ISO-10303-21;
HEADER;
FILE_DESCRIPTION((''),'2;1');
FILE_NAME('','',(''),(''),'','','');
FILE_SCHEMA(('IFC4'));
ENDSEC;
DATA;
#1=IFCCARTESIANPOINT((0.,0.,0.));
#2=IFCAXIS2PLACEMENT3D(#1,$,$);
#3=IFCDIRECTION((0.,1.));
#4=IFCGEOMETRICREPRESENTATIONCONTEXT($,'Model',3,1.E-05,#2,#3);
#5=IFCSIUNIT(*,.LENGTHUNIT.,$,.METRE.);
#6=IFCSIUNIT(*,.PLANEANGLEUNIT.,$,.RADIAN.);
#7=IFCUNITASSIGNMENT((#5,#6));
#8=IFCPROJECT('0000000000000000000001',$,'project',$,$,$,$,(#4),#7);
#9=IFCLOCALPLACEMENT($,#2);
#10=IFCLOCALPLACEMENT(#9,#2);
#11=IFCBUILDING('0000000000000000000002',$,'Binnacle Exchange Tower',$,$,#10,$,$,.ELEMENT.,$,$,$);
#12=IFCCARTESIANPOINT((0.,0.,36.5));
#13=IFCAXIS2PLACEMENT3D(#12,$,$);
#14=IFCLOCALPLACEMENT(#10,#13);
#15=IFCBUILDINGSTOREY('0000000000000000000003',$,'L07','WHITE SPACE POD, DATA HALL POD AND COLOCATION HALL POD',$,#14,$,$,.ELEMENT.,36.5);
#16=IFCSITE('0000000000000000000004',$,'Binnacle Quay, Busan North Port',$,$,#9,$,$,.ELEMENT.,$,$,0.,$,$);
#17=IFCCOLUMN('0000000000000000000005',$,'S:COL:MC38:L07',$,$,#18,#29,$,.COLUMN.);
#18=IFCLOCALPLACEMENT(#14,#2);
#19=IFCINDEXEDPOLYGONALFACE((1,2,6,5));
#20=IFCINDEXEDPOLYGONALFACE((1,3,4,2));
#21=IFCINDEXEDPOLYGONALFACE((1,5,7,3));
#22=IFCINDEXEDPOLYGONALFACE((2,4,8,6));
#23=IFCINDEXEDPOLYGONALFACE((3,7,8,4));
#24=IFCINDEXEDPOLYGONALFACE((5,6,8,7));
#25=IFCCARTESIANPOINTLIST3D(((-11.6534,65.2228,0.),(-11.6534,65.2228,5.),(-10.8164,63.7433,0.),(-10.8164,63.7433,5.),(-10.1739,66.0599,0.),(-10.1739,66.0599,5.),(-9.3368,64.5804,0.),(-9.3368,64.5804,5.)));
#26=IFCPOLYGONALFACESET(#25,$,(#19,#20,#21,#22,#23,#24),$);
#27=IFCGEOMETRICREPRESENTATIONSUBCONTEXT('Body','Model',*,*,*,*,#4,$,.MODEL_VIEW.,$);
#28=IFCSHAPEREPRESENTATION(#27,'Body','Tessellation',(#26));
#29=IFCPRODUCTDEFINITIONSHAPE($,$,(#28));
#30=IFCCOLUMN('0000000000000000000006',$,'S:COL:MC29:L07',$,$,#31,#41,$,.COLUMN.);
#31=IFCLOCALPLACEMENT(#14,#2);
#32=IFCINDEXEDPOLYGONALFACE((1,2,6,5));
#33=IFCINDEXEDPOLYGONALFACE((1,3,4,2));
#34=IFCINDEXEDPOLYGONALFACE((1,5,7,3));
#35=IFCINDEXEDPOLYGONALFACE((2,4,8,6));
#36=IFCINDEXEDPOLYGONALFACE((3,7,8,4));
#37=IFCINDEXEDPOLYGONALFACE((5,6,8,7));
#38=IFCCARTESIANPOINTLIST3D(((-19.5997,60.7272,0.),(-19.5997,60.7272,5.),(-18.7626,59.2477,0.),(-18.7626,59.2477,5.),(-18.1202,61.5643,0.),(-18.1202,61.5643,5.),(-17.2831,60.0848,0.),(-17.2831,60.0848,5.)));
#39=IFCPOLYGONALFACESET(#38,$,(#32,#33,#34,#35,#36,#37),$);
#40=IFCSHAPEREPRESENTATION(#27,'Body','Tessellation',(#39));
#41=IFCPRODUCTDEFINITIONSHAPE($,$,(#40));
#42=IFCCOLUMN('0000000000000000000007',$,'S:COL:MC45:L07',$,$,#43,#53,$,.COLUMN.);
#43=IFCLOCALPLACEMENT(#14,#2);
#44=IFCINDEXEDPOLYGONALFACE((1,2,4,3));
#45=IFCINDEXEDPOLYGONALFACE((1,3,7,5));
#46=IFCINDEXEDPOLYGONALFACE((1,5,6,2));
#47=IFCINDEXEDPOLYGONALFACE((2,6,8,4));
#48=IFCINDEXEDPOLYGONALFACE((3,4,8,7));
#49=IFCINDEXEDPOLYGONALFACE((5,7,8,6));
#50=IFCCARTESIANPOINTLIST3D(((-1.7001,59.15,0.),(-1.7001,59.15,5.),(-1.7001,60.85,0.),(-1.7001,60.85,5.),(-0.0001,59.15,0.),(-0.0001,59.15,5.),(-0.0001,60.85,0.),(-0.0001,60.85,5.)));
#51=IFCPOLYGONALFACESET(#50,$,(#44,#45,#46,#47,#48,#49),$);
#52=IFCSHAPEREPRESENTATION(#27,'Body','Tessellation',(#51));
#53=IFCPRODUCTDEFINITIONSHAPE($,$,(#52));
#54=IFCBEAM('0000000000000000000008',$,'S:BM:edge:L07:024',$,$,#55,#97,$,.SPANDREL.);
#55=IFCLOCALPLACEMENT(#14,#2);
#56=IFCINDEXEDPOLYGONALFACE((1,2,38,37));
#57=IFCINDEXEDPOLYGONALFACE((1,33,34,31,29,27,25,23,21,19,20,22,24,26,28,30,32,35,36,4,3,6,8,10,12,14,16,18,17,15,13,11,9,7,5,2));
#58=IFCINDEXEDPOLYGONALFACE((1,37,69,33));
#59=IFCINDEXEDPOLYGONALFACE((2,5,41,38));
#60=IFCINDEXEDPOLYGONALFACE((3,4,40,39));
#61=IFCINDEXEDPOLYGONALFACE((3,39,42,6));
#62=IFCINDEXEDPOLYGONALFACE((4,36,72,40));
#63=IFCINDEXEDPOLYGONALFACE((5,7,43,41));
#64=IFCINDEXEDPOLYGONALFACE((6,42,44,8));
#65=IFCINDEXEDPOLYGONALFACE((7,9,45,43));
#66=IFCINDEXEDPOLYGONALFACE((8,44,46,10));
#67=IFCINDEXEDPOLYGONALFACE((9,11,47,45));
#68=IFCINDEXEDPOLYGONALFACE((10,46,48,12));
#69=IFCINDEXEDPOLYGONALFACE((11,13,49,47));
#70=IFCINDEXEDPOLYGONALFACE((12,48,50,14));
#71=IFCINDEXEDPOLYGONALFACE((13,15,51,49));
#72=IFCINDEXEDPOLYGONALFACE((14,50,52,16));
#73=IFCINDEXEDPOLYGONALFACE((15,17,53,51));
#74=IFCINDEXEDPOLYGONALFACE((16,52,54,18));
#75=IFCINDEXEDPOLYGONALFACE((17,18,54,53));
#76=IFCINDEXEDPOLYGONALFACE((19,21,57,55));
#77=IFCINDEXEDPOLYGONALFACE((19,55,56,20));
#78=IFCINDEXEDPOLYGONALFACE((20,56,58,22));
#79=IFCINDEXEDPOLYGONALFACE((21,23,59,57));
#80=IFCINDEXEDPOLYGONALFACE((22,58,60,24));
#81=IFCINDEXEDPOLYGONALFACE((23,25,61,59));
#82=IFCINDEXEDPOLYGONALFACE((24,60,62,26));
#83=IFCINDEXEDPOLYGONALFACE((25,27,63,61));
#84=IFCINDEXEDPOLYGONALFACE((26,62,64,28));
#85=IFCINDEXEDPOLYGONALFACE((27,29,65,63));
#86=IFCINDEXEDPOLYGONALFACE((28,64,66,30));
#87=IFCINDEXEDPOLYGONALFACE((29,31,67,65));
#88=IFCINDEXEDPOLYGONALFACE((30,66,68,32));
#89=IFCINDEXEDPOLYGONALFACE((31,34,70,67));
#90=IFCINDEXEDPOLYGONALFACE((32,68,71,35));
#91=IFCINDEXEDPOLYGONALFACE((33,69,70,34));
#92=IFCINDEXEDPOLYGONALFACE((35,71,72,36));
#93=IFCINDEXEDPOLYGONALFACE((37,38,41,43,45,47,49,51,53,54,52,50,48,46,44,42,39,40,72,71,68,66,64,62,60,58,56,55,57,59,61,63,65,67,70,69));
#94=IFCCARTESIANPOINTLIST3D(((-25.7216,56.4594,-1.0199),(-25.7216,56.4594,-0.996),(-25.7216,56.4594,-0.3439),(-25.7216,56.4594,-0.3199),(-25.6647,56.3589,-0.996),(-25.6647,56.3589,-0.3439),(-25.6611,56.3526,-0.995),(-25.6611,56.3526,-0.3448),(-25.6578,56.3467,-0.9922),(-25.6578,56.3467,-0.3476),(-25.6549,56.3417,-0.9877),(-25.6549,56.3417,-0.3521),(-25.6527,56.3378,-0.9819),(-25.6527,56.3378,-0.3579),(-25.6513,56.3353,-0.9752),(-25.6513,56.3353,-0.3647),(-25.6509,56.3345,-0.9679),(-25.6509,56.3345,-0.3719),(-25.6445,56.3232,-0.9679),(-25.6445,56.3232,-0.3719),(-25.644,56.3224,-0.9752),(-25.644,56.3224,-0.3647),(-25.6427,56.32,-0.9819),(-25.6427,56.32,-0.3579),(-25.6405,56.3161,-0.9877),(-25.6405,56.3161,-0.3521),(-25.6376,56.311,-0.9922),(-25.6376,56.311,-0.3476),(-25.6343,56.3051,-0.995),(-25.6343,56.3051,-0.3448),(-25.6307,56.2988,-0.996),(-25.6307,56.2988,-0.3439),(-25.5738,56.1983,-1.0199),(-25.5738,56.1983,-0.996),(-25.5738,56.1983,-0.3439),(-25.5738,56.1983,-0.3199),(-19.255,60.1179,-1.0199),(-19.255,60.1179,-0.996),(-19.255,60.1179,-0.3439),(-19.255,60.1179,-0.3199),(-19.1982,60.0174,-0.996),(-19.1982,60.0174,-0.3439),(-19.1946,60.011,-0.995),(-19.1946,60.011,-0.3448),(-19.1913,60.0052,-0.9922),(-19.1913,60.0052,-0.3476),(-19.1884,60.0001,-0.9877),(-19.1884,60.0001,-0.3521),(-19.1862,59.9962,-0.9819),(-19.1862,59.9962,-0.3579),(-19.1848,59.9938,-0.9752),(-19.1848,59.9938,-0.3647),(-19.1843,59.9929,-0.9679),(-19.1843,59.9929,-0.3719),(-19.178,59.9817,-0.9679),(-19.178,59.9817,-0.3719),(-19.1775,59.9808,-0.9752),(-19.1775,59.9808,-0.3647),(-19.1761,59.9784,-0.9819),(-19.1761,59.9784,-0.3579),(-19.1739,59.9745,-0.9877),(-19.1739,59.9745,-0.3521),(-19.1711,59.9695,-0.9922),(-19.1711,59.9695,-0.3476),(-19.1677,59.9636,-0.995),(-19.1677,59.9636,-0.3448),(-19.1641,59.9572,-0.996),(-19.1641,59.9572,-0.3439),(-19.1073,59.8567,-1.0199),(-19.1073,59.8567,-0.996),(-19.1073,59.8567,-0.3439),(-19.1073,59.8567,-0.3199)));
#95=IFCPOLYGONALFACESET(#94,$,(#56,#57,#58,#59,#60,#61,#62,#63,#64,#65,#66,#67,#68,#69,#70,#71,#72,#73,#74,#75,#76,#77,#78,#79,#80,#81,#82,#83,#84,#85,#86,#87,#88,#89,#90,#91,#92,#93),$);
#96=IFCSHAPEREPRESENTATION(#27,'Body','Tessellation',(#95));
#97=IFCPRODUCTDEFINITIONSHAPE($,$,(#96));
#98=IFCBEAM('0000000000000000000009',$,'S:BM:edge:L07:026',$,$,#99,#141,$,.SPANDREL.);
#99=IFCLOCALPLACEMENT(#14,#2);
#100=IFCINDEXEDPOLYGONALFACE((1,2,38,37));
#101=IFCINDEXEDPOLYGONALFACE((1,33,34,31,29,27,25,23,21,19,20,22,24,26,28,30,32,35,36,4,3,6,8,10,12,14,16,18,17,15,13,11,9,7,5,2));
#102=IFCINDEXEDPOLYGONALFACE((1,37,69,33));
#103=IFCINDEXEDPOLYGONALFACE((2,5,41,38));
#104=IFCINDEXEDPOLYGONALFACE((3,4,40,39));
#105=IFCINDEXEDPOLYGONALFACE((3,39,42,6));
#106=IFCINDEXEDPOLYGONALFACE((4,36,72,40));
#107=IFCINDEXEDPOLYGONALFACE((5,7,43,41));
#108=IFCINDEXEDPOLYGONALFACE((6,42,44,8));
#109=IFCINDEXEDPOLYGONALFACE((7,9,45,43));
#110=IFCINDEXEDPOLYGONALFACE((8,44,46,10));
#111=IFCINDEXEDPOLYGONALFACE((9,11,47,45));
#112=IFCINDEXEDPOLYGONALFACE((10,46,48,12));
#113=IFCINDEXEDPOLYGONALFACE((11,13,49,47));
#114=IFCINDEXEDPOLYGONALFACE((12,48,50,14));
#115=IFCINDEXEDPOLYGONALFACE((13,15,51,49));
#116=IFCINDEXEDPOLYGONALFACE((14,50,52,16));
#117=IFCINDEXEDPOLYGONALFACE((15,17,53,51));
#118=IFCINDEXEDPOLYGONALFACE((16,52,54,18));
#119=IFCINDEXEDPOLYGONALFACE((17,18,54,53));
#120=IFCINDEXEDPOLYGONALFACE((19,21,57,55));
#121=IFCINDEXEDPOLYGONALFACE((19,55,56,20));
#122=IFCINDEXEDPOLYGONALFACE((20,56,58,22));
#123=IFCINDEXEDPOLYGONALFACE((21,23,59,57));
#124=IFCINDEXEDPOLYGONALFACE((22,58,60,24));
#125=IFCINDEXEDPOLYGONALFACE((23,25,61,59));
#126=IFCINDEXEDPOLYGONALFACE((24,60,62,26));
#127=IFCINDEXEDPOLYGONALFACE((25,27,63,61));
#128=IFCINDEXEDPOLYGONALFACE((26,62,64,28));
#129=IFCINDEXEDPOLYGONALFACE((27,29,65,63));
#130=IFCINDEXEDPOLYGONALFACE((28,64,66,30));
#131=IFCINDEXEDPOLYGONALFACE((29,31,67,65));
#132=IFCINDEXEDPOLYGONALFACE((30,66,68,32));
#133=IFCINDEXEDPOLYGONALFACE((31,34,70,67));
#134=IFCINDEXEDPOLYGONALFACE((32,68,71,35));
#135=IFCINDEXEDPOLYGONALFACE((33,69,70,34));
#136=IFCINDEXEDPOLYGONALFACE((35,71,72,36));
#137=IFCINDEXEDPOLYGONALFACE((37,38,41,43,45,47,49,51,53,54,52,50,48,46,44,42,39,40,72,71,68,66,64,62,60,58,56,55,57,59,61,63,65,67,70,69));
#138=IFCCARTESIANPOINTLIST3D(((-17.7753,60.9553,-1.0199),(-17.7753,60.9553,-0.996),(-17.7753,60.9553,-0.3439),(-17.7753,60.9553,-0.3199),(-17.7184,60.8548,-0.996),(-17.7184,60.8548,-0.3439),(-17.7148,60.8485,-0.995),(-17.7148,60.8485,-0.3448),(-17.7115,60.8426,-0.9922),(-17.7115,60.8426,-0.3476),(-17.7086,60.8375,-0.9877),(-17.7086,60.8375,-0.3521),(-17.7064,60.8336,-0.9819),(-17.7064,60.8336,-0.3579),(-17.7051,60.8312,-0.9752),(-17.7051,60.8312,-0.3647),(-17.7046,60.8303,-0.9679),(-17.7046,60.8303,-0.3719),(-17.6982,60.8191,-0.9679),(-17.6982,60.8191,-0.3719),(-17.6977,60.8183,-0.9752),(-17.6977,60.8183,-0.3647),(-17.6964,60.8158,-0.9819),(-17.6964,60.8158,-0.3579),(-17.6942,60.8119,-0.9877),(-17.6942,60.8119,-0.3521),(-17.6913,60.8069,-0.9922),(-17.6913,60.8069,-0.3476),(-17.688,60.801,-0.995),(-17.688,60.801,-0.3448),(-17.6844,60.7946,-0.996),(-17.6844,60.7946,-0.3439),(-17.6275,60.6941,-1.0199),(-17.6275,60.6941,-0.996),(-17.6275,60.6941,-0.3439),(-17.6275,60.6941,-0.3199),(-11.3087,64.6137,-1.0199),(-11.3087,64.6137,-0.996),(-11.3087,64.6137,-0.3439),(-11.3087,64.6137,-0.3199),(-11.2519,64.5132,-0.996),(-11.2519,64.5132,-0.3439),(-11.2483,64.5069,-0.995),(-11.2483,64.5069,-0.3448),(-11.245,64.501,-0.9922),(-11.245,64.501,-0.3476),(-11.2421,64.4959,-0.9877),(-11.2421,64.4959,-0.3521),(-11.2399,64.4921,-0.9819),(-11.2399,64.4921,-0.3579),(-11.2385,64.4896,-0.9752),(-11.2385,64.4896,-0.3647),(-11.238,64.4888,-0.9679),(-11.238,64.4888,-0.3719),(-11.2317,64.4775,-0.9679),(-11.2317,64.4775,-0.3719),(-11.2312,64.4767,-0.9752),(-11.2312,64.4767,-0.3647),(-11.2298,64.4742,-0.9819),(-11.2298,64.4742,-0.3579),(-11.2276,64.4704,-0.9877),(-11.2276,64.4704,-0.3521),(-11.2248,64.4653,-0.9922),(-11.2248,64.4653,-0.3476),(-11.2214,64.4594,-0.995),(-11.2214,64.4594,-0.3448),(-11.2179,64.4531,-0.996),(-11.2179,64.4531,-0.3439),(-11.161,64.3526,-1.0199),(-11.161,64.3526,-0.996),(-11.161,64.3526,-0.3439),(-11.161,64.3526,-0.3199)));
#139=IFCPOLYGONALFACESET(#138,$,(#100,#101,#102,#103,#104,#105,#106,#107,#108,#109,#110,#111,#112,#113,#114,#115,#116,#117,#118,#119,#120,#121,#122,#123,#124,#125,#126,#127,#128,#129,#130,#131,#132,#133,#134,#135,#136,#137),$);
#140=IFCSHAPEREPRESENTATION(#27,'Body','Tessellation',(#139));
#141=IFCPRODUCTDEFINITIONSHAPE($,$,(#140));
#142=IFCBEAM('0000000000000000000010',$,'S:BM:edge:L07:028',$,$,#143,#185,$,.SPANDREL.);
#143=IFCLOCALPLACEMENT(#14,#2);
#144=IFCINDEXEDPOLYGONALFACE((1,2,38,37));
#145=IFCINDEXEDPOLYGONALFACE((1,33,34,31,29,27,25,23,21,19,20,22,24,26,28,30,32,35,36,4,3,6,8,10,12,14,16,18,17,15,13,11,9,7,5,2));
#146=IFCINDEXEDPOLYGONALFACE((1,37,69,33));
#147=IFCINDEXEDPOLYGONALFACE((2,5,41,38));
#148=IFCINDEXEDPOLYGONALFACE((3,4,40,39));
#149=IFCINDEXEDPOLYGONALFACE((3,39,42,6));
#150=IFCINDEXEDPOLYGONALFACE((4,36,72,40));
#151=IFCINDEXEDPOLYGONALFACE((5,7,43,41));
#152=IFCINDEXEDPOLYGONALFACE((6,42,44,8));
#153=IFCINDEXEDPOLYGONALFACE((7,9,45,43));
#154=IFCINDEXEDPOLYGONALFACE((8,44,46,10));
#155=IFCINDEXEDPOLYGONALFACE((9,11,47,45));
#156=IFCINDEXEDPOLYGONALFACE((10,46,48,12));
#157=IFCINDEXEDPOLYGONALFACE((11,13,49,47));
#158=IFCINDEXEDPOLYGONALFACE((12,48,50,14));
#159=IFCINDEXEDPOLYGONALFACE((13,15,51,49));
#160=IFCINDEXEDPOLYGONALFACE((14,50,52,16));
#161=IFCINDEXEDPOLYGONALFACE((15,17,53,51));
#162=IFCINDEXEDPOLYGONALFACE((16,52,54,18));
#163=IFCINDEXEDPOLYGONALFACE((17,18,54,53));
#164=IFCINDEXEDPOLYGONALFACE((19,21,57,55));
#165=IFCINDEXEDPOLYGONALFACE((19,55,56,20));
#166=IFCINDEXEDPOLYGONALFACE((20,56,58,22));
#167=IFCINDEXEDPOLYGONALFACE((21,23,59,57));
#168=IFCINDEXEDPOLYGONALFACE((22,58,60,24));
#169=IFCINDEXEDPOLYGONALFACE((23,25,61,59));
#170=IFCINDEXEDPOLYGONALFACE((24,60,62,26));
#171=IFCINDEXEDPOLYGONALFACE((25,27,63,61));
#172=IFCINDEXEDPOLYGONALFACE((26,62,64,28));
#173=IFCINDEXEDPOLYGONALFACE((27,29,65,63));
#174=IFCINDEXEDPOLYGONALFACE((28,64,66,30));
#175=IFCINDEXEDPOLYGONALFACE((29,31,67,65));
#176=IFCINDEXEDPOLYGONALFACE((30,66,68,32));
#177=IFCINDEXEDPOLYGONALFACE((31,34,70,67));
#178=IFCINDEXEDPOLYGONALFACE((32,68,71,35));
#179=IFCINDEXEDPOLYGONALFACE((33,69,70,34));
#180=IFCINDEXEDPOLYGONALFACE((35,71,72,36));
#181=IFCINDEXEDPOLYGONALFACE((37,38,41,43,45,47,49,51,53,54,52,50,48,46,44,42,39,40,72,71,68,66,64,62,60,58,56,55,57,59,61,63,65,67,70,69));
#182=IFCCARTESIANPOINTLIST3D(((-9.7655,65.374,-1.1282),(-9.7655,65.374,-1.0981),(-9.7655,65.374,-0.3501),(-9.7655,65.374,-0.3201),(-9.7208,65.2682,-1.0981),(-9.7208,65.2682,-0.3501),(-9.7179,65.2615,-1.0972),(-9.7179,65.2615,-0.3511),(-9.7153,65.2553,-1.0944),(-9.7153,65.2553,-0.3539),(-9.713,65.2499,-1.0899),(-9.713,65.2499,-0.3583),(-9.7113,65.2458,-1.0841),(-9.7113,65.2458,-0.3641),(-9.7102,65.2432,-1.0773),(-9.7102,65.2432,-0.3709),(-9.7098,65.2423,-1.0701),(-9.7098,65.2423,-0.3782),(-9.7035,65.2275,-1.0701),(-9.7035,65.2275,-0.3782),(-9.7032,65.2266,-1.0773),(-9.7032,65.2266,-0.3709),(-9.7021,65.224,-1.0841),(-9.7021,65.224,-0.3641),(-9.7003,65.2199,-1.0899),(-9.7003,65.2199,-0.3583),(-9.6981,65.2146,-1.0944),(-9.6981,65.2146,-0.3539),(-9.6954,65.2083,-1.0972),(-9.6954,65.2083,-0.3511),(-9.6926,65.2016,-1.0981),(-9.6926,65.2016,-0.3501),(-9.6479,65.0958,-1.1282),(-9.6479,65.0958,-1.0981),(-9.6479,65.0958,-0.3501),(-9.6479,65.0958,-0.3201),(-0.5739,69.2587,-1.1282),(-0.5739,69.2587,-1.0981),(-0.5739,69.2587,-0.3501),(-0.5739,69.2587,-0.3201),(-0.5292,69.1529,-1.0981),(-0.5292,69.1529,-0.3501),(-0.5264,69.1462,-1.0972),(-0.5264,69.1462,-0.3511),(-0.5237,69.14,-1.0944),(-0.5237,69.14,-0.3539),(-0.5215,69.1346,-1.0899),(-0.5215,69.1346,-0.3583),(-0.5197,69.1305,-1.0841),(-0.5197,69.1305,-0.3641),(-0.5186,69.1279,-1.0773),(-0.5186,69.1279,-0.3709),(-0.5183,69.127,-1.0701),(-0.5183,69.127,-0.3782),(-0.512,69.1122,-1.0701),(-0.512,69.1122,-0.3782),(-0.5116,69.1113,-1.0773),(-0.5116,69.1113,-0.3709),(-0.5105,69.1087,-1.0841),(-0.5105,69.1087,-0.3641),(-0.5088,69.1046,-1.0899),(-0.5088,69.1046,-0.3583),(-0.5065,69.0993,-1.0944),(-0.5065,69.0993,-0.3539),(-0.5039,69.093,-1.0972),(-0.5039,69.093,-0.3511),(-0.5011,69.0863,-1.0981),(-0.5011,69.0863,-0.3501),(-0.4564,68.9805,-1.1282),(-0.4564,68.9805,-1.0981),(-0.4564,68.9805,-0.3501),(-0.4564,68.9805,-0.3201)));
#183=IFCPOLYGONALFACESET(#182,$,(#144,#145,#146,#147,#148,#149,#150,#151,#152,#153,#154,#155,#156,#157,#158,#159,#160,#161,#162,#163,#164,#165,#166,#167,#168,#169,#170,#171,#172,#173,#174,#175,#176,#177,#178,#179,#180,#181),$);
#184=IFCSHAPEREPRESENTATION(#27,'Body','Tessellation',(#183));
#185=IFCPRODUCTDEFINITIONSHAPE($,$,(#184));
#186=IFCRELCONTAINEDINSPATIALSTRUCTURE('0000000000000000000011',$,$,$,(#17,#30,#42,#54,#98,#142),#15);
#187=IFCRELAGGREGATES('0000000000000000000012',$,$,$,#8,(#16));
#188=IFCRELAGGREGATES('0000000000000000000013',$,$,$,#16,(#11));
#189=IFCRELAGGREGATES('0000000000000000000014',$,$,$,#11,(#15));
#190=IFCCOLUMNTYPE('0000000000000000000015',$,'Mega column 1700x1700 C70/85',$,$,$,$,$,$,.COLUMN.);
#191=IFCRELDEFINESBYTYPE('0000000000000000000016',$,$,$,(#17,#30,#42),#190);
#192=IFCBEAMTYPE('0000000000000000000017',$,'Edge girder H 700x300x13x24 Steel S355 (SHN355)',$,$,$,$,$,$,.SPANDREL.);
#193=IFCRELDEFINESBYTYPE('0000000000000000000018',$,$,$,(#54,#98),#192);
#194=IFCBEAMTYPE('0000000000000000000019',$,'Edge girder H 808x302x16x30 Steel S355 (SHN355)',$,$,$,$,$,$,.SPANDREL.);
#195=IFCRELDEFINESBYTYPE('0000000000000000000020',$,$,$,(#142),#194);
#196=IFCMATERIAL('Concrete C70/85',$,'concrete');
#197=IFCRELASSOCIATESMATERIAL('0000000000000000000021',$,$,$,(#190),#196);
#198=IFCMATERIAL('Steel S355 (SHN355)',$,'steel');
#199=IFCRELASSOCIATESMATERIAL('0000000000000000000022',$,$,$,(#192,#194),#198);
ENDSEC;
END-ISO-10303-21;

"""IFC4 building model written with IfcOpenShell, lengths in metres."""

from ifc_helpers import new_model, si_unit, direction, frame, origin, origin_2d, place, context, subcontext, project, spatial, rectangle, i_section, extrude, material, material_profile, profile_set, type_object, element, save


model = new_model("IFC4")

# Units and contexts
model_context = context("Model", 3, precision=1e-05, world=origin(), true_north=direction((0.0, 1.0)))
body_context = subcontext(model_context, "Body", "Model", "MODEL_VIEW")
ifc_project = project(units=[si_unit("LENGTHUNIT", "METRE"), si_unit("PLANEANGLEUNIT", "RADIAN")], contexts=[model_context])

# Site, building, storey
site_placement = place(None, origin())
site = spatial("IfcSite", under=ifc_project, at=site_placement, Name="Binnacle Quay, Busan North Port", CompositionType="ELEMENT", RefElevation=0.0)
building_placement = place(site_placement, origin())
building = spatial("IfcBuilding", under=site, at=building_placement, Name="Binnacle Exchange Tower", CompositionType="ELEMENT")
storey_placement = place(building_placement, frame((0.0, 0.0, 36.5)))
storey = spatial("IfcBuildingStorey", under=building, at=storey_placement, Name="L07", Description="WHITE SPACE POD, DATA HALL POD AND COLOCATION HALL POD", CompositionType="ELEMENT", Elevation=36.5)

# Columns
ifc_material_1 = material(Name="Concrete C70/85", Category="concrete")
ifc_material_profile_1 = material_profile(ifc_material_1, rectangle(XDim=1.7, YDim=1.7, at=origin_2d()), Name="Mega column 1700x1700 C70/85")
ifc_profile_set_1 = profile_set([ifc_material_profile_1], Name="Concrete C70/85")
column_type = type_object("IfcColumnType", Name="Mega column 1700x1700 C70/85", PredefinedType="COLUMN", material=ifc_profile_set_1)
for number, where, z_axis, x_axis, name in (
    (1, (-10.4951, 64.9016, 0.0), (0.0, 0.0, 1.0), (-0.870356, -0.492424, 0.0), "S:COL:MC38:L07"),
    (2, (-18.4414, 60.406, 0.0), (0.0, 0.0, 1.0), (-0.870356, -0.492424, 0.0), "S:COL:MC29:L07"),
    (3, (-0.8501, 60.0, 0.0), (0.0, 0.0, 1.0), (0.0, 1.0, 0.0), "S:COL:MC45:L07"),
):
    element("IfcColumn", number, at=place(storey_placement, frame(where, z_axis=z_axis, x_axis=x_axis)), inside=storey, type_object=column_type, Name=name, PredefinedType="COLUMN", context=body_context, shape_type="SweptSolid", body=[
        extrude(rectangle(XDim=1.7, YDim=1.7, at=origin_2d()), origin(), (0.0, 0.0, 1.0), 5.0),
    ])

# Beams
ifc_material_2 = material(Name="Steel S355 (SHN355)", Category="steel")
ifc_material_profile_2 = material_profile(ifc_material_2, i_section(OverallWidth=0.3, OverallDepth=0.7, WebThickness=0.0129, FlangeThickness=0.0239, FilletRadius=0.0281, at=origin_2d()), Name="H 700x300x13x24")
ifc_profile_set_2 = profile_set([ifc_material_profile_2], Name="Steel S355 (SHN355)")
beam_type_1 = type_object("IfcBeamType", Name="Edge girder H 700x300x13x24 Steel S355 (SHN355)", PredefinedType="SPANDREL", material=ifc_profile_set_2)
for number, where, z_axis, x_axis, name in (
    (4, (-19.1812, 59.9873, -0.6699), (-0.870364, -0.492408, 0.0), (0.492408, -0.870364, 0.0), "S:BM:edge:L07:024"),
    (5, (-11.2349, 64.4832, -0.6699), (-0.870364, -0.492408, 0.0), (0.492408, -0.870364, 0.0), "S:BM:edge:L07:026"),
):
    element("IfcBeam", number, at=place(storey_placement, frame(where, z_axis=z_axis, x_axis=x_axis)), inside=storey, type_object=beam_type_1, Name=name, PredefinedType="SPANDREL", context=body_context, shape_type="SweptSolid", body=[
        extrude(i_section(OverallWidth=0.3, OverallDepth=0.7, WebThickness=0.0129, FlangeThickness=0.0239, FilletRadius=0.0281, at=origin_2d()), origin(), (0.0, 0.0, 1.0), 7.4297),
    ])
ifc_material_profile_3 = material_profile(ifc_material_2, i_section(OverallWidth=0.302, OverallDepth=0.8081, WebThickness=0.0161, FlangeThickness=0.03, FilletRadius=0.0281, at=origin_2d()), Name="H 808x302x16x30")
ifc_profile_set_3 = profile_set([ifc_material_profile_3], Name="Steel S355 (SHN355)")
beam_type_2 = type_object("IfcBeamType", Name="Edge girder H 808x302x16x30 Steel S355 (SHN355)", PredefinedType="SPANDREL", material=ifc_profile_set_3)
beam_1_placement = place(storey_placement, frame((-0.5151, 69.1196, -0.7241), z_axis=(-0.921111, -0.389299, 0.0), x_axis=(0.389299, -0.921111, 0.0)))
element("IfcBeam", 6, at=beam_1_placement, inside=storey, type_object=beam_type_2, Name="S:BM:edge:L07:028", PredefinedType="SPANDREL", context=body_context, shape_type="SweptSolid", body=[
    extrude(i_section(OverallWidth=0.302, OverallDepth=0.8081, WebThickness=0.0161, FlangeThickness=0.03, FilletRadius=0.0281, at=origin_2d()), origin(), (0.0, 0.0, 1.0), 9.9788),
])

save(model, "model.ifc")
